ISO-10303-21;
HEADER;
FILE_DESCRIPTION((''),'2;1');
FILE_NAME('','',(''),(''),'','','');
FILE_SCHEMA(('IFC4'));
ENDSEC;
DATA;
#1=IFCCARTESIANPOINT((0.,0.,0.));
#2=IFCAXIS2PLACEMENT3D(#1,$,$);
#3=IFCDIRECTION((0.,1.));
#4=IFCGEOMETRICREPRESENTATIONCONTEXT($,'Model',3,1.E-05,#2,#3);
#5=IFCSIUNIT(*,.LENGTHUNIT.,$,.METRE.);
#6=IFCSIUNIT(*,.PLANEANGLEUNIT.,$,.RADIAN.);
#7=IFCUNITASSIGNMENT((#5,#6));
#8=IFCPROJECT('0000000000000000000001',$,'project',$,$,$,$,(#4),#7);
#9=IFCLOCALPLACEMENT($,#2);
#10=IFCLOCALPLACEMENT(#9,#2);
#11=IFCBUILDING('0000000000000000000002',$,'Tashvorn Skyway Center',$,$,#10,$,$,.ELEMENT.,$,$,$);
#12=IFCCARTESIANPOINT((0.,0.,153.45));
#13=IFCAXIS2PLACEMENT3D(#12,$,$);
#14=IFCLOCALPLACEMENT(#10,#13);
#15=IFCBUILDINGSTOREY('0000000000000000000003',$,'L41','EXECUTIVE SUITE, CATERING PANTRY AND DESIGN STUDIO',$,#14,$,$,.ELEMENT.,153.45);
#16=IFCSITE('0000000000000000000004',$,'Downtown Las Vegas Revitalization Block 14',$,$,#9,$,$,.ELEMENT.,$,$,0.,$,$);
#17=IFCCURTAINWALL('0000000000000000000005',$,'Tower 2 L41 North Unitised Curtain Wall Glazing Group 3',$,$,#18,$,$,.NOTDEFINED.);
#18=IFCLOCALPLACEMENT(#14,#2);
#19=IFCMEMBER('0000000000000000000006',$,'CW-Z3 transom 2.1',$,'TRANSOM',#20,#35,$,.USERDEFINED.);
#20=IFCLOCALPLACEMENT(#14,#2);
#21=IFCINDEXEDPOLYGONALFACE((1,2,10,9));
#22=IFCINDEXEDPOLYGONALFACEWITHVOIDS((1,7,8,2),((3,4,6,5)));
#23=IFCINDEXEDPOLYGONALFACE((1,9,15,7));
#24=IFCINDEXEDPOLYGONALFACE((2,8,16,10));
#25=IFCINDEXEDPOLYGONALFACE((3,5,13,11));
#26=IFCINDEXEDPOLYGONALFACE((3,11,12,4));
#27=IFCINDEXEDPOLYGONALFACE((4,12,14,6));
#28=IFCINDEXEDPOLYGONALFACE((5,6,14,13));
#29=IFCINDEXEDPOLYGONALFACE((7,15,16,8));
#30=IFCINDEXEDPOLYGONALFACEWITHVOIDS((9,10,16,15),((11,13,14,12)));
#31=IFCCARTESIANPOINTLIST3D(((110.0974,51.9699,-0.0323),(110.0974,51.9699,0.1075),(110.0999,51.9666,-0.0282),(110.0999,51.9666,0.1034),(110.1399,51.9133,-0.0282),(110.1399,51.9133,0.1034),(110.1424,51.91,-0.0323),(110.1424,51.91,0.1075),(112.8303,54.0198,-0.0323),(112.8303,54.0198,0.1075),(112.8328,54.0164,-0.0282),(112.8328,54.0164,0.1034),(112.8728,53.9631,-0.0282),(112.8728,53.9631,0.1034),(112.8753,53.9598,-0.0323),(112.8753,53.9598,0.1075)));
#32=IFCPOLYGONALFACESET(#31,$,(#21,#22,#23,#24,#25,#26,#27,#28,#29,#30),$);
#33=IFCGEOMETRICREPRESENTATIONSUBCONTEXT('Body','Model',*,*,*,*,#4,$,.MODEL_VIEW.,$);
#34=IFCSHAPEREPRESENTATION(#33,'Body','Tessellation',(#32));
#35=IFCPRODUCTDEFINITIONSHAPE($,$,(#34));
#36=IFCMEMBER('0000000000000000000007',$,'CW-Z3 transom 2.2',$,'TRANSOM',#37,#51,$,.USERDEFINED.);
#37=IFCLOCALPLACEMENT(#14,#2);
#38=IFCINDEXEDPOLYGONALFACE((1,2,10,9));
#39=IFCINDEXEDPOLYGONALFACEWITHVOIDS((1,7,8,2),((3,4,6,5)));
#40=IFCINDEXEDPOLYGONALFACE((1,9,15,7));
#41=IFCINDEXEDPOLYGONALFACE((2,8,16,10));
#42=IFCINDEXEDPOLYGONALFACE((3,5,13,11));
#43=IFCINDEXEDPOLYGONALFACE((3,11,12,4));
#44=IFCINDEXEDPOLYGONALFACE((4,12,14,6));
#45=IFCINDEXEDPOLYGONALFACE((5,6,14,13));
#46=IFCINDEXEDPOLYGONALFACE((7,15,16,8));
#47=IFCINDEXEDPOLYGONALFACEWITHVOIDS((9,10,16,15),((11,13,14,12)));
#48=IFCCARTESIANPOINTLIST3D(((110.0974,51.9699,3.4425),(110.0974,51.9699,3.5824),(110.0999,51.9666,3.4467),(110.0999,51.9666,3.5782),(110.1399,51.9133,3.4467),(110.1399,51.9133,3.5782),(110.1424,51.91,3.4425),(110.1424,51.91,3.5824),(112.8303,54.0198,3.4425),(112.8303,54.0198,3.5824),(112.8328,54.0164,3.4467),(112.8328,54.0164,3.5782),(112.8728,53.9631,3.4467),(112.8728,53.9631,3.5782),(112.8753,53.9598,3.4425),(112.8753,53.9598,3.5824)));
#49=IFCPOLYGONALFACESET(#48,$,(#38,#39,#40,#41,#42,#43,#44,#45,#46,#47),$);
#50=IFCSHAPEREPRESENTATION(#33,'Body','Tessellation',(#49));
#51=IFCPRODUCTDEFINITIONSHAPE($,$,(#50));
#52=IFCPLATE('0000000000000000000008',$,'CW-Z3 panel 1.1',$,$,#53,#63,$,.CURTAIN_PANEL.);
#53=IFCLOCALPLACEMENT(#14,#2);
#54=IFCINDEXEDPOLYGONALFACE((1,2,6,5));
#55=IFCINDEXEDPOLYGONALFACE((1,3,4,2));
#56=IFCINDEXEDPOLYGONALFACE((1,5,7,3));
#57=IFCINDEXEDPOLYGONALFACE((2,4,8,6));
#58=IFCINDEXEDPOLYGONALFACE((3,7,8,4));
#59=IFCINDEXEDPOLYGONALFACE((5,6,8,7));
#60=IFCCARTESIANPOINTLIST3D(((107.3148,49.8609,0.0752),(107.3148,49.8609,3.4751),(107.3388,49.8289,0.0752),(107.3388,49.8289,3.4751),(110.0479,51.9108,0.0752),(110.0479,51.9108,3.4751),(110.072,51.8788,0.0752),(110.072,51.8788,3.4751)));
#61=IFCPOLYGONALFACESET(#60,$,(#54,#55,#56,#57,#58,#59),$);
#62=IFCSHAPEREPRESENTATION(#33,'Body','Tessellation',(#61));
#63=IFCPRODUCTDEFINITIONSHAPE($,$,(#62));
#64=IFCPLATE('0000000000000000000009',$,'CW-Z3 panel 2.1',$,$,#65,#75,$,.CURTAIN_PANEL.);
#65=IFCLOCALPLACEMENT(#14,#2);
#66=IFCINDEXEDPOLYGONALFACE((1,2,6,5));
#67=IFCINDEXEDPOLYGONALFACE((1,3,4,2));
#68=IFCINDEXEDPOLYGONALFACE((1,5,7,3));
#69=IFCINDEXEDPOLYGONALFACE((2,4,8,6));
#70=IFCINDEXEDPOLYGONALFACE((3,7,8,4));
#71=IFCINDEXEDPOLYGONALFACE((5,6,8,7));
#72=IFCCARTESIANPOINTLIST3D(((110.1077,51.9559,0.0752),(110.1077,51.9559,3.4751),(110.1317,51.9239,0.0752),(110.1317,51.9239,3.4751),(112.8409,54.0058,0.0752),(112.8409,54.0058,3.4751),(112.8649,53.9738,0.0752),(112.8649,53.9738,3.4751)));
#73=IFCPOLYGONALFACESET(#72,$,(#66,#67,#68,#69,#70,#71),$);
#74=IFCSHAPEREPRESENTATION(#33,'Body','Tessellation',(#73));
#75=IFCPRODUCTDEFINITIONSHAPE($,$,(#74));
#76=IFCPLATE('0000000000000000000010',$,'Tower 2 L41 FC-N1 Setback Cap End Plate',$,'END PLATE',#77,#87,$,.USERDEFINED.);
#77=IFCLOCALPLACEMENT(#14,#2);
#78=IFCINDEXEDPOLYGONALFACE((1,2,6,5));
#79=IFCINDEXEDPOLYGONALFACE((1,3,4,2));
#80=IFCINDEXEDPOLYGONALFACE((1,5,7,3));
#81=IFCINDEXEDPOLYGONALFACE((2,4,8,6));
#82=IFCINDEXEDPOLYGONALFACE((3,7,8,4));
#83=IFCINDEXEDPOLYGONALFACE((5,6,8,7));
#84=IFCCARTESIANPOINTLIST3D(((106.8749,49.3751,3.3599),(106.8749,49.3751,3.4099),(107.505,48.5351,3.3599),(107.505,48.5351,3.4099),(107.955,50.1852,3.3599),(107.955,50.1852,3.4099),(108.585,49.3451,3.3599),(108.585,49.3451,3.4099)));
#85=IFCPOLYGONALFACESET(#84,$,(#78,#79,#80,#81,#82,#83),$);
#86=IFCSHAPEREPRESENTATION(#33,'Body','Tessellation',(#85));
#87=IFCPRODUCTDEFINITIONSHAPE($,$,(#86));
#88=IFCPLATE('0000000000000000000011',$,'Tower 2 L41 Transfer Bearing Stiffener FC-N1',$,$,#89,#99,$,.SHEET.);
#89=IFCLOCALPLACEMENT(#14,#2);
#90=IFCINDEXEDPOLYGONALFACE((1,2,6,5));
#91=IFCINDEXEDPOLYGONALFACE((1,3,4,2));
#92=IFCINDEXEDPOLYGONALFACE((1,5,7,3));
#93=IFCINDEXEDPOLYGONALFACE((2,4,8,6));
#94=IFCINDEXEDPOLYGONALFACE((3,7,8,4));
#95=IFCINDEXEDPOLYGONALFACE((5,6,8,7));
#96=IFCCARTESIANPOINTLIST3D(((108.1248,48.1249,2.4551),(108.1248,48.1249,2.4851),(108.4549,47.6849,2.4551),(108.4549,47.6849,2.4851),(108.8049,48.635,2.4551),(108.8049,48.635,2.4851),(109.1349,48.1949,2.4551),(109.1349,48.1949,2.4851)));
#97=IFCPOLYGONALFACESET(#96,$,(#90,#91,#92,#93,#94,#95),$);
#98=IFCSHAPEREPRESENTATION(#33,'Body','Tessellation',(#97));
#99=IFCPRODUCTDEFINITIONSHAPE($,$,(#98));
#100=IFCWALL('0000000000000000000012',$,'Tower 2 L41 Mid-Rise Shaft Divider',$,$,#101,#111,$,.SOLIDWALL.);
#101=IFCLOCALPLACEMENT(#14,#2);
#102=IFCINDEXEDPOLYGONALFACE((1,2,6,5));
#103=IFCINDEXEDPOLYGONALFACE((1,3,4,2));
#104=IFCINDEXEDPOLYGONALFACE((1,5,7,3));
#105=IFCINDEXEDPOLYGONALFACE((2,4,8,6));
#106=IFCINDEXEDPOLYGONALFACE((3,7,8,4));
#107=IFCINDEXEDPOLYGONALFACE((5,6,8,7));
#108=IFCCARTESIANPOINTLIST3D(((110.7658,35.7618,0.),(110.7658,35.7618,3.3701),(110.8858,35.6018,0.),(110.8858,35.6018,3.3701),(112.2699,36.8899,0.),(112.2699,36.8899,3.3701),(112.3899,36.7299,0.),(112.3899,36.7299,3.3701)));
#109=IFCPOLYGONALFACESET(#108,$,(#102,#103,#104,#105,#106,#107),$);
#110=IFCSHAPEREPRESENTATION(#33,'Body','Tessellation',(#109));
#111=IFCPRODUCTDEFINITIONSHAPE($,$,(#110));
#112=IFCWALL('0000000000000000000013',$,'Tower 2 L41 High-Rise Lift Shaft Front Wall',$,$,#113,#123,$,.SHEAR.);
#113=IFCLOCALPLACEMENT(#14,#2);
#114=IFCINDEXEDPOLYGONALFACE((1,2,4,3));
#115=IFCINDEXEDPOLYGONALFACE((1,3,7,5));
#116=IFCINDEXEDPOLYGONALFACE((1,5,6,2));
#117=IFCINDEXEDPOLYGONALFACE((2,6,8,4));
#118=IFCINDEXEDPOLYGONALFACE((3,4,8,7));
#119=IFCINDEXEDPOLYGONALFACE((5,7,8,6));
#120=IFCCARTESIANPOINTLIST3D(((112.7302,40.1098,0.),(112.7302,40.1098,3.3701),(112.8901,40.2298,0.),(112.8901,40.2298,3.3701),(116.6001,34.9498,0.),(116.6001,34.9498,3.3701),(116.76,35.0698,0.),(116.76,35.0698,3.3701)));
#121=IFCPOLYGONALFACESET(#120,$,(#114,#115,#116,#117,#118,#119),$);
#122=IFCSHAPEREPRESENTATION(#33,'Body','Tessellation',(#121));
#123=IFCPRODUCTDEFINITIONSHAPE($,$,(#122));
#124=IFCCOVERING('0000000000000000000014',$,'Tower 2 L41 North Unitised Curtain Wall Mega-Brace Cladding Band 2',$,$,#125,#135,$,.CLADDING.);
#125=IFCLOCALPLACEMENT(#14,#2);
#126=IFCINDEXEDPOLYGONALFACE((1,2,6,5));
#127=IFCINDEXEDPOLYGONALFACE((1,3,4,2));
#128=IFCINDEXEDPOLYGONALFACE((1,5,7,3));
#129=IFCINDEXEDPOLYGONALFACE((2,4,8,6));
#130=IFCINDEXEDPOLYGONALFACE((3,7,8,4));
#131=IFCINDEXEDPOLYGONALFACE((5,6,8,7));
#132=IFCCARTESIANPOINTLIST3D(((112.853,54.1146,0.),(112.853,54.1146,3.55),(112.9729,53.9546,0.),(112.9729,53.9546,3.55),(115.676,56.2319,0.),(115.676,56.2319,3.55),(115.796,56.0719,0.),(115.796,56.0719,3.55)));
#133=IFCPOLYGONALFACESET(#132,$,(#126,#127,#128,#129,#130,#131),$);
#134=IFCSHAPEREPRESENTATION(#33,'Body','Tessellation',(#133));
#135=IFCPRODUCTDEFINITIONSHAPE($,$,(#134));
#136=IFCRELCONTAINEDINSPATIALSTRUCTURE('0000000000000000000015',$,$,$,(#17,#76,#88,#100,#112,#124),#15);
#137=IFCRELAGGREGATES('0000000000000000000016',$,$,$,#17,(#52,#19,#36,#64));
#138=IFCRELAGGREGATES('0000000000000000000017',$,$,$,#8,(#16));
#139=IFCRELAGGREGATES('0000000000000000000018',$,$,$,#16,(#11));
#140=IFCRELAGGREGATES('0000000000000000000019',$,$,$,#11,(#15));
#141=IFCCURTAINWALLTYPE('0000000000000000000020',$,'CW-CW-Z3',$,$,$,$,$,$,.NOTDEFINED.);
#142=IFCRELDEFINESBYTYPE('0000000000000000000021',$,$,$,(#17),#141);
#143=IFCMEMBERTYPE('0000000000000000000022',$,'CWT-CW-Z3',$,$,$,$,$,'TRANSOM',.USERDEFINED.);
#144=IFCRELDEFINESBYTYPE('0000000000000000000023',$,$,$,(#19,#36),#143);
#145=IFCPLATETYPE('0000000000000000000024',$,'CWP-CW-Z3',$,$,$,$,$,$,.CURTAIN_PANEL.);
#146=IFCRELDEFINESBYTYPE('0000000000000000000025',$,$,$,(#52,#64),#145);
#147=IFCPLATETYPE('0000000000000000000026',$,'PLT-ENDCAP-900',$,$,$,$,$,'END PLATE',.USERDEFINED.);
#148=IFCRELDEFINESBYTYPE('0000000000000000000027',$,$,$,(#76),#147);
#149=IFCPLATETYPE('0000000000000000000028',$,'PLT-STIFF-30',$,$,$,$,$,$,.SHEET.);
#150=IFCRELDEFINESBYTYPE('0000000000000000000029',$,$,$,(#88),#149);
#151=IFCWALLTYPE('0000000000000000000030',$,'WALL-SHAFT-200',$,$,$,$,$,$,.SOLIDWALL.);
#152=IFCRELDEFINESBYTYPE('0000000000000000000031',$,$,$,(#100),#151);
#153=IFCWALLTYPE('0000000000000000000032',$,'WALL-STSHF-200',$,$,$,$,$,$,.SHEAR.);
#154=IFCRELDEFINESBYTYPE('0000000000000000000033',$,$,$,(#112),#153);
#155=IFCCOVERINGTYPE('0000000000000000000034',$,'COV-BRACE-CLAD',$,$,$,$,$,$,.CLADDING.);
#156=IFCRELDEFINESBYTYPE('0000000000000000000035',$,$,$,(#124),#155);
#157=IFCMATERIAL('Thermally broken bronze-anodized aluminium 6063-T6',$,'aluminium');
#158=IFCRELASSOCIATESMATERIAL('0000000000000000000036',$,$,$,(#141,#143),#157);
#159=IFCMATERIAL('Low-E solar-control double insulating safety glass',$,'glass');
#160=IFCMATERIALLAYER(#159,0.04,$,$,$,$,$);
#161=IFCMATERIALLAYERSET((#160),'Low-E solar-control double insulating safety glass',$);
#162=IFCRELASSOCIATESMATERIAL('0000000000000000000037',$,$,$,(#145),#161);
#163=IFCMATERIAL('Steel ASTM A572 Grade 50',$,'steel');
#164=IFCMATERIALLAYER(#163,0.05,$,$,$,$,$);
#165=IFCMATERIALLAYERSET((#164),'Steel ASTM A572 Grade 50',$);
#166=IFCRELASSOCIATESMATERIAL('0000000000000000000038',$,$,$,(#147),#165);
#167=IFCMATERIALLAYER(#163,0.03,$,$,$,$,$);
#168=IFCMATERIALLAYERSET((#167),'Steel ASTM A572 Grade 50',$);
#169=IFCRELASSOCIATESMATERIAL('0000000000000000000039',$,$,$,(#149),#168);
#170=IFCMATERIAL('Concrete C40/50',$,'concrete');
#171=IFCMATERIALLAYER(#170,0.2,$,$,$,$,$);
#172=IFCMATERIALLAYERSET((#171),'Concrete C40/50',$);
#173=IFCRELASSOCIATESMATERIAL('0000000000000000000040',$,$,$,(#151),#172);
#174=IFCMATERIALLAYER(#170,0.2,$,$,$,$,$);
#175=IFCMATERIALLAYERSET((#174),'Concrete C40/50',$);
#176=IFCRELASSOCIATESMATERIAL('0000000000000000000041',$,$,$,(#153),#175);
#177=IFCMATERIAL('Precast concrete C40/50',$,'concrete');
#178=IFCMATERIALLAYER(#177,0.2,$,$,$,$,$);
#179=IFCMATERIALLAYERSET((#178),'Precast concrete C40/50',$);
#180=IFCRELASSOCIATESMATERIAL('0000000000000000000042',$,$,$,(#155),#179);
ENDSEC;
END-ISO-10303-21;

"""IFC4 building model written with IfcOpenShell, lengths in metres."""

from ifc_helpers import new_model, si_unit, direction, frame, frame_2d, origin, origin_2d, place, context, subcontext, project, spatial, rectangle, hollow_rectangle, extrude, material, layer, layer_set, material_profile, profile_set, type_object, element, aggregate, save


model = new_model("IFC4")

# Units and contexts
model_context = context("Model", 3, precision=1e-05, world=origin(), true_north=direction((0.0, 1.0)))
body_context = subcontext(model_context, "Body", "Model", "MODEL_VIEW")
ifc_project = project(units=[si_unit("LENGTHUNIT", "METRE"), si_unit("PLANEANGLEUNIT", "RADIAN")], contexts=[model_context])

# Site, building, storey
site_placement = place(None, origin())
site = spatial("IfcSite", under=ifc_project, at=site_placement, Name="Downtown Las Vegas Revitalization Block 14", CompositionType="ELEMENT", RefElevation=0.0)
building_placement = place(site_placement, origin())
building = spatial("IfcBuilding", under=site, at=building_placement, Name="Tashvorn Skyway Center", CompositionType="ELEMENT")
storey_placement = place(building_placement, frame((0.0, 0.0, 153.45)))
storey = spatial("IfcBuildingStorey", under=building, at=storey_placement, Name="L41", Description="EXECUTIVE SUITE, CATERING PANTRY AND DESIGN STUDIO", CompositionType="ELEMENT", Elevation=153.45)

# Shared definitions
ifc_material_1 = material(Name="Steel ASTM A572 Grade 50", Category="steel")

# Shared definitions
ifc_material_2 = material(Name="Thermally broken bronze-anodized aluminium 6063-T6", Category="aluminium")
curtain_wall_type = type_object("IfcCurtainWallType", Name="CW-CW-Z3", PredefinedType="NOTDEFINED", material=ifc_material_2)

# Curtain wall, members, plates
curtain_wall_1_placement = place(storey_placement, origin())
curtain_wall_1 = element("IfcCurtainWall", 1, at=curtain_wall_1_placement, inside=storey, type_object=curtain_wall_type, Name="Tower 2 L41 North Unitised Curtain Wall Glazing Group 3", PredefinedType="NOTDEFINED")
ifc_material_profile_1 = material_profile(ifc_material_2, hollow_rectangle(XDim=0.075, YDim=0.1399, WallThickness=0.0042, at=origin_2d()), Name="ALU-TRAN-75x140")
ifc_profile_set_1 = profile_set([ifc_material_profile_1], Name="Thermally broken bronze-anodized aluminium 6063-T6")
member_type_1 = type_object("IfcMemberType", Name="CWT-CW-Z3", ElementType="TRANSOM", PredefinedType="USERDEFINED", material=ifc_profile_set_1)
member_1_placement = place(storey_placement, frame((110.1199, 51.9399, 0.0376), z_axis=(0.799983, 0.600023, 0.0), x_axis=(-0.600023, 0.799983, 0.0)))
member_1 = element("IfcMember", 2, at=member_1_placement, type_object=member_type_1, Name="CW-Z3 transom 2.1", ObjectType="TRANSOM", PredefinedType="USERDEFINED", context=body_context, shape_type="SweptSolid", body=[
    extrude(hollow_rectangle(XDim=0.075, YDim=0.1399, WallThickness=0.0042, at=origin_2d()), origin(), (0.0, 0.0, 1.0), 3.4163),
])
member_2_placement = place(storey_placement, frame((110.1199, 51.9399, 3.5125), z_axis=(0.799983, 0.600023, 0.0), x_axis=(-0.600023, 0.799983, 0.0)))
member_2 = element("IfcMember", 3, at=member_2_placement, type_object=member_type_1, Name="CW-Z3 transom 2.2", ObjectType="TRANSOM", PredefinedType="USERDEFINED", context=body_context, shape_type="SweptSolid", body=[
    extrude(hollow_rectangle(XDim=0.075, YDim=0.1399, WallThickness=0.0042, at=origin_2d()), origin(), (0.0, 0.0, 1.0), 3.4163),
])
ifc_material_3 = material(Name="Low-E solar-control double insulating safety glass", Category="glass")
ifc_layer_1 = layer(ifc_material_3, 0.04)
ifc_layer_set_1 = layer_set([ifc_layer_1], Name="Low-E solar-control double insulating safety glass")
plate_type_1 = type_object("IfcPlateType", Name="CWP-CW-Z3", PredefinedType="CURTAIN_PANEL", material=ifc_layer_set_1)
plate_1_placement = place(storey_placement, frame((108.6934, 50.8699, 0.0752), z_axis=(0.0, 0.0, 1.0), x_axis=(0.799997, 0.600005, 0.0)))
plate_1 = element("IfcPlate", 4, at=plate_1_placement, type_object=plate_type_1, Name="CW-Z3 panel 1.1", PredefinedType="CURTAIN_PANEL", context=body_context, shape_type="SweptSolid", body=[
    extrude(rectangle(XDim=3.4165, YDim=0.04, at=origin_2d()), origin(), (0.0, 0.0, 1.0), 3.3999),
])
plate_2_placement = place(storey_placement, frame((111.4863, 52.9648, 0.0752), z_axis=(0.0, 0.0, 1.0), x_axis=(0.799997, 0.600005, 0.0)))
plate_2 = element("IfcPlate", 5, at=plate_2_placement, type_object=plate_type_1, Name="CW-Z3 panel 2.1", PredefinedType="CURTAIN_PANEL", context=body_context, shape_type="SweptSolid", body=[
    extrude(rectangle(XDim=3.4165, YDim=0.04, at=origin_2d()), origin(), (0.0, 0.0, 1.0), 3.3999),
])
aggregate(curtain_wall_1, [plate_1, member_1, member_2, plate_2])

# Plates
ifc_layer_2 = layer(ifc_material_1, 0.05)
ifc_layer_set_2 = layer_set([ifc_layer_2], Name="Steel ASTM A572 Grade 50")
plate_type_2 = type_object("IfcPlateType", Name="PLT-ENDCAP-900", ElementType="END PLATE", PredefinedType="USERDEFINED", material=ifc_layer_set_2)
plate_3_placement = place(storey_placement, frame((107.73, 49.3601, 3.3599), z_axis=(0.0, 0.0, 1.0), x_axis=(0.8, 0.6, 0.0)))
element("IfcPlate", 6, at=plate_3_placement, inside=storey, type_object=plate_type_2, Name="Tower 2 L41 FC-N1 Setback Cap End Plate", ObjectType="END PLATE", PredefinedType="USERDEFINED", context=body_context, shape_type="SweptSolid", body=[
    extrude(rectangle(XDim=1.3501, YDim=1.05, at=origin_2d()), origin(), (0.0, 0.0, 1.0), 0.05),
])
ifc_layer_3 = layer(ifc_material_1, 0.03)
ifc_layer_set_3 = layer_set([ifc_layer_3], Name="Steel ASTM A572 Grade 50")
plate_type_3 = type_object("IfcPlateType", Name="PLT-STIFF-30", PredefinedType="SHEET", material=ifc_layer_set_3)
plate_4_placement = place(storey_placement, frame((108.6299, 48.1599, 2.4551), z_axis=(0.0, 0.0, 1.0), x_axis=(0.8, 0.6, 0.0)))
element("IfcPlate", 7, at=plate_4_placement, inside=storey, type_object=plate_type_3, Name="Tower 2 L41 Transfer Bearing Stiffener FC-N1", PredefinedType="SHEET", context=body_context, shape_type="SweptSolid", body=[
    extrude(rectangle(XDim=0.8501, YDim=0.55, at=origin_2d()), origin(), (0.0, 0.0, 1.0), 0.03),
])

# Walls
ifc_material_4 = material(Name="Concrete C40/50", Category="concrete")
ifc_layer_4 = layer(ifc_material_4, 0.2)
ifc_layer_set_4 = layer_set([ifc_layer_4], Name="Concrete C40/50")
wall_type_1 = type_object("IfcWallType", Name="WALL-SHAFT-200", PredefinedType="SOLIDWALL", material=ifc_layer_set_4)
wall_1_placement = place(storey_placement, frame((110.8259, 35.6819, 0.0), z_axis=(0.0, 0.0, 1.0), x_axis=(0.799984, 0.600021, 0.0)))
element("IfcWall", 8, at=wall_1_placement, inside=storey, type_object=wall_type_1, Name="Tower 2 L41 Mid-Rise Shaft Divider", PredefinedType="SOLIDWALL", context=body_context, shape_type="SweptSolid", body=[
    extrude(rectangle(XDim=1.8801, YDim=0.2, at=frame_2d((0.9399, 0.0))), origin(), (0.0, 0.0, 1.0), 3.3701),
])
ifc_layer_5 = layer(ifc_material_4, 0.2)
ifc_layer_set_5 = layer_set([ifc_layer_5], Name="Concrete C40/50")
wall_type_2 = type_object("IfcWallType", Name="WALL-STSHF-200", PredefinedType="SHEAR", material=ifc_layer_set_5)
wall_2_placement = place(storey_placement, frame((112.8101, 40.1699, 0.0), z_axis=(0.0, 0.0, 1.0), x_axis=(0.599994, -0.800005, 0.0)))
element("IfcWall", 9, at=wall_2_placement, inside=storey, type_object=wall_type_2, Name="Tower 2 L41 High-Rise Lift Shaft Front Wall", PredefinedType="SHEAR", context=body_context, shape_type="SweptSolid", body=[
    extrude(rectangle(XDim=6.45, YDim=0.2, at=frame_2d((3.2251, 0.0))), origin(), (0.0, 0.0, 1.0), 3.3701),
])

# Covering
ifc_material_5 = material(Name="Precast concrete C40/50", Category="concrete")
ifc_layer_6 = layer(ifc_material_5, 0.2)
ifc_layer_set_6 = layer_set([ifc_layer_6], Name="Precast concrete C40/50")
covering_type = type_object("IfcCoveringType", Name="COV-BRACE-CLAD", PredefinedType="CLADDING", material=ifc_layer_set_6)
covering_placement = place(storey_placement, frame((114.3245, 55.0933, 0.0), z_axis=(0.0, 0.0, 1.0), x_axis=(0.8, 0.6, 0.0)))
element("IfcCovering", 10, at=covering_placement, inside=storey, type_object=covering_type, Name="Tower 2 L41 North Unitised Curtain Wall Mega-Brace Cladding Band 2", PredefinedType="CLADDING", context=body_context, shape_type="SweptSolid", body=[
    extrude(rectangle(XDim=3.5288, YDim=0.2, at=origin_2d()), origin(), (0.0, 0.0, 1.0), 3.55),
])

save(model, "model.ifc")
